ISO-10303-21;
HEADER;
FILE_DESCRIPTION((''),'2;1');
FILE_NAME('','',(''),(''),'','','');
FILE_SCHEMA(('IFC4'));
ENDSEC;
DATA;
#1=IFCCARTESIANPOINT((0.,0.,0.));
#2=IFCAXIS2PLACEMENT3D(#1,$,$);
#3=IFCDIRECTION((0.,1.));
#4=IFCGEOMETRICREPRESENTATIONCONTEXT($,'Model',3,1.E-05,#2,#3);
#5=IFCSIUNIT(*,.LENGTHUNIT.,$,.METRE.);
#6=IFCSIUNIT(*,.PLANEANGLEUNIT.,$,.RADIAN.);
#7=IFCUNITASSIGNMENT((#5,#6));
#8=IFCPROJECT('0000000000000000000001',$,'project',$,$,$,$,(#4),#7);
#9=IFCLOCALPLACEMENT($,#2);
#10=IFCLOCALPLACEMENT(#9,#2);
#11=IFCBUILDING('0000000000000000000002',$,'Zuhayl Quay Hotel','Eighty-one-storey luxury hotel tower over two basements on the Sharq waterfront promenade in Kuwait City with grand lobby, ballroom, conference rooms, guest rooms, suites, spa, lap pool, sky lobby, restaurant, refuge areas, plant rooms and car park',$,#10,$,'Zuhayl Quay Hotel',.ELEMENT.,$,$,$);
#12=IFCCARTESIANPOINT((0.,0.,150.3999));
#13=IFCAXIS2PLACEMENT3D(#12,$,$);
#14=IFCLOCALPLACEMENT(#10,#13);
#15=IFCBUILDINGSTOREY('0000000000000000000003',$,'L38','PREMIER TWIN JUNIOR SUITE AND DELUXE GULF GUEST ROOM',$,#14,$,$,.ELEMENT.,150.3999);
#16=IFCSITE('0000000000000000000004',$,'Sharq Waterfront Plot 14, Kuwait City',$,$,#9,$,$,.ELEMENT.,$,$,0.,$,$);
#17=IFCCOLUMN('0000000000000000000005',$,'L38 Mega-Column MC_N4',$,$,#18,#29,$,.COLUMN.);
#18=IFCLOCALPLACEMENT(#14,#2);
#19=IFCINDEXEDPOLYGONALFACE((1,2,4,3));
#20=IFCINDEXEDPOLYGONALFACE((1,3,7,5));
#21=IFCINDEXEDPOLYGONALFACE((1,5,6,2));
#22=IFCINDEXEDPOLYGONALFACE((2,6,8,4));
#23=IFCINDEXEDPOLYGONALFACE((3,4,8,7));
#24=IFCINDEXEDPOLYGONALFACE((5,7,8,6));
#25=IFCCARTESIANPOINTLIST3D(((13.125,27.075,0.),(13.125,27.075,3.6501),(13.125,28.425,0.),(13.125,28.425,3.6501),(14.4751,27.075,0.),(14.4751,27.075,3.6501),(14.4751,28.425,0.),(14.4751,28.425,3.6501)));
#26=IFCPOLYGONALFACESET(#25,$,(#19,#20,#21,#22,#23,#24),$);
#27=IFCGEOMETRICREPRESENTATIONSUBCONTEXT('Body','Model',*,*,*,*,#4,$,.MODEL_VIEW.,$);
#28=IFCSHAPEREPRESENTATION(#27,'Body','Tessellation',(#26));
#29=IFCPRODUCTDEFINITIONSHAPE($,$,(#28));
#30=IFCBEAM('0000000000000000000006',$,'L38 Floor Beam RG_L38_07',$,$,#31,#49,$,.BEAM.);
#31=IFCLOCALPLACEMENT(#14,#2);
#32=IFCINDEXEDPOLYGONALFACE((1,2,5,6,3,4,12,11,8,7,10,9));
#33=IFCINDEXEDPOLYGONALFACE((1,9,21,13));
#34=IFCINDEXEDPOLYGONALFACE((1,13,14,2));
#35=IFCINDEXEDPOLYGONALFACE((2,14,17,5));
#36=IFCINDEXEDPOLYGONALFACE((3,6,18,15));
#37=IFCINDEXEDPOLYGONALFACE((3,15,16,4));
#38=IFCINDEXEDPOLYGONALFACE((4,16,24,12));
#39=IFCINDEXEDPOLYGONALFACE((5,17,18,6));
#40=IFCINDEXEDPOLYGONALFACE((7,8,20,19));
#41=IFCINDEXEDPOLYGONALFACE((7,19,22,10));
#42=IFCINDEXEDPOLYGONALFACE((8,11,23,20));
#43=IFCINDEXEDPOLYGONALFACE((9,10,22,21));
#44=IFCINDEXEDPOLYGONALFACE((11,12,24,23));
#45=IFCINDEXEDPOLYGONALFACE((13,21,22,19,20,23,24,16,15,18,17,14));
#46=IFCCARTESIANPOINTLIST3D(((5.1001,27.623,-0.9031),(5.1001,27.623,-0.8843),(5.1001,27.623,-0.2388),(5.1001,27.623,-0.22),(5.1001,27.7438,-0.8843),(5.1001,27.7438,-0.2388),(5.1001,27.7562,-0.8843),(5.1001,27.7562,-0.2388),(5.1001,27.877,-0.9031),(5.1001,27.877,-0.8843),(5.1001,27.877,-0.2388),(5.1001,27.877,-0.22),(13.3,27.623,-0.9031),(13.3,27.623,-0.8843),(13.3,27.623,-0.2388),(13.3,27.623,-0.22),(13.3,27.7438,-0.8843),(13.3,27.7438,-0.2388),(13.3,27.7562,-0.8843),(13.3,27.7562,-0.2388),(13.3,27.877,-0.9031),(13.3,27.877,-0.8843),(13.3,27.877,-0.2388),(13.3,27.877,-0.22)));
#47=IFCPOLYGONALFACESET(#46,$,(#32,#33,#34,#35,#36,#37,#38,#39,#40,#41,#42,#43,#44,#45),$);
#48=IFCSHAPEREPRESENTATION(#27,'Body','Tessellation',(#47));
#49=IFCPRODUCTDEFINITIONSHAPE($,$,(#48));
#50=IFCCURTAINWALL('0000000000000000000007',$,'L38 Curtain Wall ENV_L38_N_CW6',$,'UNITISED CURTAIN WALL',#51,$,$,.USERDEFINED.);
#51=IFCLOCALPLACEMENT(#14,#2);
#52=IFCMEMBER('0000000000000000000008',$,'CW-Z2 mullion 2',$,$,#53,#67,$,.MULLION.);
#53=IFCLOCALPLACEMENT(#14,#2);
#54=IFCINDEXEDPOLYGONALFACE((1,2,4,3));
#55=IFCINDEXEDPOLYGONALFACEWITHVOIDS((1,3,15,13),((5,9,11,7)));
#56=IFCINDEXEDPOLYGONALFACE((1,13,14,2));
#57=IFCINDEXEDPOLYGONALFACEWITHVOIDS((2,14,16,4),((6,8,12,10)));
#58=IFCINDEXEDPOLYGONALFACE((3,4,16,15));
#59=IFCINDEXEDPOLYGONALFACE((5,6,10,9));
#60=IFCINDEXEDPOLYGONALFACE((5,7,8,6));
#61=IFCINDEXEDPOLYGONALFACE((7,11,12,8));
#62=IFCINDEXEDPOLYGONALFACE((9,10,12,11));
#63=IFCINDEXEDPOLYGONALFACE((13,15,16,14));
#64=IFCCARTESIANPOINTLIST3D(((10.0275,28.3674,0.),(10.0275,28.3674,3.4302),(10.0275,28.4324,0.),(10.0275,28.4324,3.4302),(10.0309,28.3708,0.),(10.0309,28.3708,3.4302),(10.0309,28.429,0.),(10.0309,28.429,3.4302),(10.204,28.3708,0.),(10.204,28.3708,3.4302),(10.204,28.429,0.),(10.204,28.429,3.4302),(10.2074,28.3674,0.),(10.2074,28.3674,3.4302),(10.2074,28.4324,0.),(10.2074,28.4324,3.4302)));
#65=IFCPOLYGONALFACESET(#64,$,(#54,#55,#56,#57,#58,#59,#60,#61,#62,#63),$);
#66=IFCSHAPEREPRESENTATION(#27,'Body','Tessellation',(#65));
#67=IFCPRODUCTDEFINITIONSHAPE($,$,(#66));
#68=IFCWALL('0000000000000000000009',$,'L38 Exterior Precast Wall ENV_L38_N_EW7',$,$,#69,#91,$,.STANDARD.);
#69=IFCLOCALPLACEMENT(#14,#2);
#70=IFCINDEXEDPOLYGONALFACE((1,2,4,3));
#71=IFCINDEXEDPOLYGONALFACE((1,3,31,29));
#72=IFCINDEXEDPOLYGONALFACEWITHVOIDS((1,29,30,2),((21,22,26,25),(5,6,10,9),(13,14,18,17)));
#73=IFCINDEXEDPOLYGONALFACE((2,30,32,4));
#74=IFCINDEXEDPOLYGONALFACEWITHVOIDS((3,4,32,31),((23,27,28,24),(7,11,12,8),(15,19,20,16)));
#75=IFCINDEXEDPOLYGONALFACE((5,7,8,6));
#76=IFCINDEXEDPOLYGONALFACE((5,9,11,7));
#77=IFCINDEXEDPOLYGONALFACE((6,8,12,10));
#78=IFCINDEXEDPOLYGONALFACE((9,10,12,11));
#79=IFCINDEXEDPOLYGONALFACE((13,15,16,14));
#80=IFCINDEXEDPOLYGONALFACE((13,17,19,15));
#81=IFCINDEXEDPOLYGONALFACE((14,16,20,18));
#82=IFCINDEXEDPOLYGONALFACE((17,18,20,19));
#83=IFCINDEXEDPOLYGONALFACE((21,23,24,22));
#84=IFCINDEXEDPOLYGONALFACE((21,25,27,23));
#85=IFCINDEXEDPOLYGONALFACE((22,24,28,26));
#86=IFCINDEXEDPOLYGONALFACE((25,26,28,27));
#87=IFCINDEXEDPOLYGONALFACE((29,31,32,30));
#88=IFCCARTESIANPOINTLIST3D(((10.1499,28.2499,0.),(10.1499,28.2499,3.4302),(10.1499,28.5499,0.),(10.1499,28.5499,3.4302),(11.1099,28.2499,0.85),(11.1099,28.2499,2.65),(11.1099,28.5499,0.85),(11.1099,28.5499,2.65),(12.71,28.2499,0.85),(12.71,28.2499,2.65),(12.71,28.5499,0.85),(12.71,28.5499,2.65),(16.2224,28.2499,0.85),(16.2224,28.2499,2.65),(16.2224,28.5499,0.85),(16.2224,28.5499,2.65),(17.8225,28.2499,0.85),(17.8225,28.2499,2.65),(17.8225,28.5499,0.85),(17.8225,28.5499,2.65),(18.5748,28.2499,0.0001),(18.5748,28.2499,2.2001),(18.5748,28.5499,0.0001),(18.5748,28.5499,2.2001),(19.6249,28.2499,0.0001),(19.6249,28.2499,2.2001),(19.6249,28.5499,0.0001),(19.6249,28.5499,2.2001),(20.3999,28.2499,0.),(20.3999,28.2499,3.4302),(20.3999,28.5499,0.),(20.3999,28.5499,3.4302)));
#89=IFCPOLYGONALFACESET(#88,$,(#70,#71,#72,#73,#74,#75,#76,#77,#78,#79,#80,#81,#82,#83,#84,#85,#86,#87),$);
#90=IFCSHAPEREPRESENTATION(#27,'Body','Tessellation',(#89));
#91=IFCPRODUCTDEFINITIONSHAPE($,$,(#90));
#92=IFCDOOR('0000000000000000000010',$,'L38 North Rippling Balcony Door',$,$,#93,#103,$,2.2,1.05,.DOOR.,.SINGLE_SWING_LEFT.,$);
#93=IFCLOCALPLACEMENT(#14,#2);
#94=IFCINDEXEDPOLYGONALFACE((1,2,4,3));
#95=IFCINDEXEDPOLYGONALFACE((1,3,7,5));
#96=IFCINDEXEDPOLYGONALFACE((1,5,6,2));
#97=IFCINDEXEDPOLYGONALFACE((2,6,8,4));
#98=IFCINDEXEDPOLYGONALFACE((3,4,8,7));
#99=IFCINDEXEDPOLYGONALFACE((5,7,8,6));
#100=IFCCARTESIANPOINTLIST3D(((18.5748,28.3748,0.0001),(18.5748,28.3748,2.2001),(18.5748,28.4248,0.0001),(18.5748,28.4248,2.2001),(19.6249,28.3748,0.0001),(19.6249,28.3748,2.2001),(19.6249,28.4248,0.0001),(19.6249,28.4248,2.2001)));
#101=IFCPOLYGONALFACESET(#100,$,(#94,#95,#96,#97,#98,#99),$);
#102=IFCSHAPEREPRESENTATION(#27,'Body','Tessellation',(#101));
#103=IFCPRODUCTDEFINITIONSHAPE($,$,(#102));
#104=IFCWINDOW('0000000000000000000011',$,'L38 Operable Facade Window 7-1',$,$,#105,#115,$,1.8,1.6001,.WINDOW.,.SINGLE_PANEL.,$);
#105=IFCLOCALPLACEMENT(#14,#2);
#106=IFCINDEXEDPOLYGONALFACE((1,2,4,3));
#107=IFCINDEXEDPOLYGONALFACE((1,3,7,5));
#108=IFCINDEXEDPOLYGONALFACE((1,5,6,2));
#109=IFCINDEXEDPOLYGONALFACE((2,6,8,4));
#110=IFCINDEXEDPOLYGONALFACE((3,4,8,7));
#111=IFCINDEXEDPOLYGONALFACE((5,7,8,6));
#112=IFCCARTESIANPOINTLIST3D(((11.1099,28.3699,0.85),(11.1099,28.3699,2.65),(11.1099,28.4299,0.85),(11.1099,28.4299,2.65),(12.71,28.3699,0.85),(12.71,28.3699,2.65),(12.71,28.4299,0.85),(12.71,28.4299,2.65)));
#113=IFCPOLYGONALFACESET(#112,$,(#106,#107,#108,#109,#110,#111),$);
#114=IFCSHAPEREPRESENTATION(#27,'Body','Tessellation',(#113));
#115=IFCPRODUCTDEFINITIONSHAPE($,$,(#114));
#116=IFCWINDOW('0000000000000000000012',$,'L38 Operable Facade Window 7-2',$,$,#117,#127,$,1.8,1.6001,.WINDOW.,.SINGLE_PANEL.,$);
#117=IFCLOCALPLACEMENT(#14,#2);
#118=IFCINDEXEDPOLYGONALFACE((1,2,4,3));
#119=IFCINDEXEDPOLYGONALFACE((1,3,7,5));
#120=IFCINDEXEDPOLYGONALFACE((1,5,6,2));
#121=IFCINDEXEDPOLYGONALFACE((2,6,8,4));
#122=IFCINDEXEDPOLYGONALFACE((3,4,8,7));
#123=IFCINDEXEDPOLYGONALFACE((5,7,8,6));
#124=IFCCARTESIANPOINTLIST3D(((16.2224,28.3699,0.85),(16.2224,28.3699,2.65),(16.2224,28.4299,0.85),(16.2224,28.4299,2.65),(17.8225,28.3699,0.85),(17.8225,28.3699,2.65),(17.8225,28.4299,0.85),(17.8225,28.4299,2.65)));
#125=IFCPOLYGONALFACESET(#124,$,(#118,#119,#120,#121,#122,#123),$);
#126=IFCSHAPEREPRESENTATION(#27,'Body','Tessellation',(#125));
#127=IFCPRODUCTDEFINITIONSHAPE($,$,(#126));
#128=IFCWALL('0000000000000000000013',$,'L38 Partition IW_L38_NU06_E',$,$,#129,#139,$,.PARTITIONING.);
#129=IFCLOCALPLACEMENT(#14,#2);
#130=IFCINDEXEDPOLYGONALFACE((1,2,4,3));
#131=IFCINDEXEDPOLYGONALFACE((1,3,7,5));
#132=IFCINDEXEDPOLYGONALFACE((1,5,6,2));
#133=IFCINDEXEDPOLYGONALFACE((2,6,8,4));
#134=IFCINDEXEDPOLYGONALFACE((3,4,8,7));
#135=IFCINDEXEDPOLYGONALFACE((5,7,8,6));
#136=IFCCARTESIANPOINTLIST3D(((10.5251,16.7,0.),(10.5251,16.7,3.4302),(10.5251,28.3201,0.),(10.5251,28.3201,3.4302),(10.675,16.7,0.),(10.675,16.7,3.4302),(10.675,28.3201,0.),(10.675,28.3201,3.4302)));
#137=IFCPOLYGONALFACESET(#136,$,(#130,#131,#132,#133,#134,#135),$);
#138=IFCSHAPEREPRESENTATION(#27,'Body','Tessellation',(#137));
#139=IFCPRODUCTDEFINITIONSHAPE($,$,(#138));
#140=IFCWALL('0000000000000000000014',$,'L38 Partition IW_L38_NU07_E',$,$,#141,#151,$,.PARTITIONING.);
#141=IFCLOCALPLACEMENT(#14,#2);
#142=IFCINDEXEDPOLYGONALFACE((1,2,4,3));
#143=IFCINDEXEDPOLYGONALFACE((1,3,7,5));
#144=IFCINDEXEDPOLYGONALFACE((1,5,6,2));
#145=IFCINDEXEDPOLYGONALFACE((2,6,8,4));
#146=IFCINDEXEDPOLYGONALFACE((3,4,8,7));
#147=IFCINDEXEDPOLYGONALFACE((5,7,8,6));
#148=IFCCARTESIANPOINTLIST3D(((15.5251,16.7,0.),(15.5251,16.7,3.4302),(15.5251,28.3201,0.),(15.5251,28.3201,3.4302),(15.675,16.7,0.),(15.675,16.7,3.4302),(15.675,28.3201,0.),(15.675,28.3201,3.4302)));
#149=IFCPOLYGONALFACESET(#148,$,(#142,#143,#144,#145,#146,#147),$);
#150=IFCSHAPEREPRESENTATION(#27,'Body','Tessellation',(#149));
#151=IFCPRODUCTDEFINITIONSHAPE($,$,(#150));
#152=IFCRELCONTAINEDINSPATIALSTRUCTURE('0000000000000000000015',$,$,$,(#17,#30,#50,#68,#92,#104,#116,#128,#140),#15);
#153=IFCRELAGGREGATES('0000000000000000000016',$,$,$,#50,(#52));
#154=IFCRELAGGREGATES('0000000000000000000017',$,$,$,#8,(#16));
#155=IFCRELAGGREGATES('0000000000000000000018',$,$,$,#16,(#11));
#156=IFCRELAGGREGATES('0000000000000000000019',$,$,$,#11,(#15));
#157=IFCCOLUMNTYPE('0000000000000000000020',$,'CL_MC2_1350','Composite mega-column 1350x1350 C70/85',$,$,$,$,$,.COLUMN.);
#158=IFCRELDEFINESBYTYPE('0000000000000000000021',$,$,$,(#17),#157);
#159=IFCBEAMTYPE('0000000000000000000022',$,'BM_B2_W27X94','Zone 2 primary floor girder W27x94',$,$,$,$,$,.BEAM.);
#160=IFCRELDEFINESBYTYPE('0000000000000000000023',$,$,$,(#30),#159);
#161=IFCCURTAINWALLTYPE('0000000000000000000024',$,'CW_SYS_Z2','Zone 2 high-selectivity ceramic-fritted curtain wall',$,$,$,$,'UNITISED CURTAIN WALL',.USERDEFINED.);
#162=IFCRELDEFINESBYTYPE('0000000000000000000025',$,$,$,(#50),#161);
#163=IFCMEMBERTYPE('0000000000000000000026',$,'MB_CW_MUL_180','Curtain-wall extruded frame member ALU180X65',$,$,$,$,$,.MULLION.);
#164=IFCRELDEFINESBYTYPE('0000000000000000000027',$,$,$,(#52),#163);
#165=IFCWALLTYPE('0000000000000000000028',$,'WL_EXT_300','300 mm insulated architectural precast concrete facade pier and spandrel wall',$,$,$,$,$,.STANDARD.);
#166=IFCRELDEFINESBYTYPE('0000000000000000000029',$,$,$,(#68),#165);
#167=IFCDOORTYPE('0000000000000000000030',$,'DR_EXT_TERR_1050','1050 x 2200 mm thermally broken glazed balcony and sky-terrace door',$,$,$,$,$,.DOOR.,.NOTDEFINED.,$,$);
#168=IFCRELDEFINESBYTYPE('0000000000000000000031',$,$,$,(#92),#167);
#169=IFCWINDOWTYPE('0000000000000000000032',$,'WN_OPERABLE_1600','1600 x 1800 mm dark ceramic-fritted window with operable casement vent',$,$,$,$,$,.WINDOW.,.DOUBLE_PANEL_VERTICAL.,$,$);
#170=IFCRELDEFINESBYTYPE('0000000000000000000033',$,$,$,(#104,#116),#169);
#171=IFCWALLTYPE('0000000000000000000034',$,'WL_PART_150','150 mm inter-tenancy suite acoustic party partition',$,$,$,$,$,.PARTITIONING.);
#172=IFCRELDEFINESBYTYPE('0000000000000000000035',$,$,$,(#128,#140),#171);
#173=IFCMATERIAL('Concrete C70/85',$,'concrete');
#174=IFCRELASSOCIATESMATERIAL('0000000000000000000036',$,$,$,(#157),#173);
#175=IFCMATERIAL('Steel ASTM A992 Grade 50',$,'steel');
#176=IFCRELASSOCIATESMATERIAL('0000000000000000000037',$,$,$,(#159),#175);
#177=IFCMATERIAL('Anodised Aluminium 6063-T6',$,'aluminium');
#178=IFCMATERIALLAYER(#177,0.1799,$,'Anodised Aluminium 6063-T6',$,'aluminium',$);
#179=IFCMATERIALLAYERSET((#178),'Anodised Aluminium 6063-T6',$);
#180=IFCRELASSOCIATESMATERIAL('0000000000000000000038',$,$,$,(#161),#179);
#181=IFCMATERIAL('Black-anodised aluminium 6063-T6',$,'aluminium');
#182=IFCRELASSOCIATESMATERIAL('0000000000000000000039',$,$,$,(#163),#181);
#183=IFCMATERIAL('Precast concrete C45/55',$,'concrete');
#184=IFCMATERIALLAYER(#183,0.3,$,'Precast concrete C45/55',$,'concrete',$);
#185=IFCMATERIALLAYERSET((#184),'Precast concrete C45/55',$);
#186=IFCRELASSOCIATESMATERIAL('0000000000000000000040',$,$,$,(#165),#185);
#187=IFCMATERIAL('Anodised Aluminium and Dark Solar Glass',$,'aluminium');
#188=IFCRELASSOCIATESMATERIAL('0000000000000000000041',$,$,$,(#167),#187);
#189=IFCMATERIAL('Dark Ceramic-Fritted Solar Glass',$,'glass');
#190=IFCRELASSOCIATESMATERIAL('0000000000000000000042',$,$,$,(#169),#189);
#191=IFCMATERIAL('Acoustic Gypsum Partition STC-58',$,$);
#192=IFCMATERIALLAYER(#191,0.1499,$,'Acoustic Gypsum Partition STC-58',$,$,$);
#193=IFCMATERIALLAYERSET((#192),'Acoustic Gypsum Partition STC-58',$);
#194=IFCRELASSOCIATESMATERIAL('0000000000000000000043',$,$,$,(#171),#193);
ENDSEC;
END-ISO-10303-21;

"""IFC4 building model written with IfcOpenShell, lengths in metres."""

from ifc_helpers import new_model, si_unit, direction, frame, frame_2d, origin, origin_2d, place, context, subcontext, project, spatial, rectangle, hollow_rectangle, i_section, extrude, material, layer, layer_set, material_profile, profile_set, type_object, element, fill, aggregate, save


model = new_model("IFC4")

# Units and contexts
model_context = context("Model", 3, precision=1e-05, world=origin(), true_north=direction((0.0, 1.0)))
body_context = subcontext(model_context, "Body", "Model", "MODEL_VIEW")
ifc_project = project(units=[si_unit("LENGTHUNIT", "METRE"), si_unit("PLANEANGLEUNIT", "RADIAN")], contexts=[model_context])

# Site, building, storey
site_placement = place(None, origin())
site = spatial("IfcSite", under=ifc_project, at=site_placement, Name="Sharq Waterfront Plot 14, Kuwait City", CompositionType="ELEMENT", RefElevation=0.0)
building_placement = place(site_placement, origin())
building = spatial("IfcBuilding", under=site, at=building_placement, Name="Zuhayl Quay Hotel", Description="Eighty-one-storey luxury hotel tower over two basements on the Sharq waterfront promenade in Kuwait City with grand lobby, ballroom, conference rooms, guest rooms, suites, spa, lap pool, sky lobby, restaurant, refuge areas, plant rooms and car park", LongName="Zuhayl Quay Hotel", CompositionType="ELEMENT")
storey_placement = place(building_placement, frame((0.0, 0.0, 150.3999)))
storey = spatial("IfcBuildingStorey", under=building, at=storey_placement, Name="L38", Description="PREMIER TWIN JUNIOR SUITE AND DELUXE GULF GUEST ROOM", CompositionType="ELEMENT", Elevation=150.3999)

# Column
ifc_material_1 = material(Name="Concrete C70/85", Category="concrete")
ifc_material_profile_1 = material_profile(ifc_material_1, rectangle(XDim=1.3501, YDim=1.3501, at=origin_2d()), Name="RC1350X1350")
ifc_profile_set_1 = profile_set([ifc_material_profile_1], Name="Concrete C70/85")
column_type = type_object("IfcColumnType", Name="CL_MC2_1350", Description="Composite mega-column 1350x1350 C70/85", PredefinedType="COLUMN", material=ifc_profile_set_1)
column_placement = place(storey_placement, frame((13.8, 27.75, 0.0), z_axis=(0.0, 0.0, 1.0), x_axis=(1.0, 0.0, 0.0)))
element("IfcColumn", 1, at=column_placement, inside=storey, type_object=column_type, Name="L38 Mega-Column MC_N4", PredefinedType="COLUMN", context=body_context, shape_type="SweptSolid", body=[
    extrude(rectangle(XDim=1.3501, YDim=1.3501, at=origin_2d()), origin(), (0.0, 0.0, 1.0), 3.6501),
])

# Beam
ifc_material_2 = material(Name="Steel ASTM A992 Grade 50", Category="steel")
ifc_material_profile_2 = material_profile(ifc_material_2, i_section(OverallWidth=0.2539, OverallDepth=0.6831, WebThickness=0.0125, FlangeThickness=0.0188, at=origin_2d()), Name="W27X94")
ifc_profile_set_2 = profile_set([ifc_material_profile_2], Name="Steel ASTM A992 Grade 50")
beam_type = type_object("IfcBeamType", Name="BM_B2_W27X94", Description="Zone 2 primary floor girder W27x94", PredefinedType="BEAM", material=ifc_profile_set_2)
beam_placement = place(storey_placement, frame((13.3, 27.75, -0.5615), z_axis=(-1.0, 0.0, 0.0), x_axis=(0.0, -1.0, 0.0)))
element("IfcBeam", 2, at=beam_placement, inside=storey, type_object=beam_type, Name="L38 Floor Beam RG_L38_07", PredefinedType="BEAM", context=body_context, shape_type="SweptSolid", body=[
    extrude(i_section(OverallWidth=0.2539, OverallDepth=0.6831, WebThickness=0.0125, FlangeThickness=0.0188, at=origin_2d()), origin(), (0.0, 0.0, 1.0), 8.2),
])

# Curtain wall, member
ifc_material_3 = material(Name="Anodised Aluminium 6063-T6", Category="aluminium")
ifc_layer_1 = layer(ifc_material_3, 0.1799, Name="Anodised Aluminium 6063-T6", Category="aluminium")
ifc_layer_set_1 = layer_set([ifc_layer_1], Name="Anodised Aluminium 6063-T6")
curtain_wall_type = type_object("IfcCurtainWallType", Name="CW_SYS_Z2", Description="Zone 2 high-selectivity ceramic-fritted curtain wall", ElementType="UNITISED CURTAIN WALL", PredefinedType="USERDEFINED", material=ifc_layer_set_1)
curtain_wall_placement = place(storey_placement, origin())
curtain_wall = element("IfcCurtainWall", 3, at=curtain_wall_placement, inside=storey, type_object=curtain_wall_type, Name="L38 Curtain Wall ENV_L38_N_CW6", ObjectType="UNITISED CURTAIN WALL", PredefinedType="USERDEFINED")
ifc_material_4 = material(Name="Black-anodised aluminium 6063-T6", Category="aluminium")
ifc_material_profile_3 = material_profile(ifc_material_4, hollow_rectangle(XDim=0.0649, YDim=0.1799, WallThickness=0.0034, at=origin_2d()), Name="ALU180X65")
ifc_profile_set_3 = profile_set([ifc_material_profile_3], Name="Black-anodised aluminium 6063-T6")
member_type = type_object("IfcMemberType", Name="MB_CW_MUL_180", Description="Curtain-wall extruded frame member ALU180X65", PredefinedType="MULLION", material=ifc_profile_set_3)
member_placement = place(storey_placement, frame((10.1174, 28.3999, 0.0), z_axis=(0.0, 0.0, 1.0), x_axis=(0.0, 1.0, 0.0)))
member = element("IfcMember", 4, at=member_placement, type_object=member_type, Name="CW-Z2 mullion 2", PredefinedType="MULLION", context=body_context, shape_type="SweptSolid", body=[
    extrude(hollow_rectangle(XDim=0.0649, YDim=0.1799, WallThickness=0.0034, at=origin_2d()), origin(), (0.0, 0.0, 1.0), 3.4302),
])
aggregate(curtain_wall, [member])

# Wall, openings, door, windows
ifc_material_5 = material(Name="Precast concrete C45/55", Category="concrete")
ifc_layer_2 = layer(ifc_material_5, 0.3, Name="Precast concrete C45/55", Category="concrete")
ifc_layer_set_2 = layer_set([ifc_layer_2], Name="Precast concrete C45/55")
wall_type_1 = type_object("IfcWallType", Name="WL_EXT_300", Description="300 mm insulated architectural precast concrete facade pier and spandrel wall", PredefinedType="STANDARD", material=ifc_layer_set_2)
wall_1_placement = place(storey_placement, frame((10.1499, 28.3999, 0.0), z_axis=(0.0, 0.0, 1.0), x_axis=(1.0, 0.0, 0.0)))
wall_1 = element("IfcWall", 5, at=wall_1_placement, inside=storey, type_object=wall_type_1, Name="L38 Exterior Precast Wall ENV_L38_N_EW7", PredefinedType="STANDARD", context=body_context, shape_type="SweptSolid", body=[
    extrude(rectangle(XDim=10.25, YDim=0.3, at=frame_2d((5.125, 0.0))), origin(), (0.0, 0.0, 1.0), 3.4302),
])
opening_1_placement = place(wall_1_placement, frame((8.425, 0.0, 0.0)))
opening_1 = element("IfcOpeningElement", 6, at=opening_1_placement, cuts=wall_1, PredefinedType="OPENING", context=body_context, shape_type="SweptSolid", body=[
    extrude(rectangle(XDim=1.05, YDim=2.2, at=frame_2d((0.5249, 1.1001))), frame((0.0, 0.1599, 0.0), z_axis=(0.0, -1.0, 0.0), x_axis=(1.0, 0.0, 0.0)), (0.0, 0.0, 1.0), 0.3201),
])
opening_2_placement = place(wall_1_placement, frame((0.96, 0.0, 0.8501)))
opening_2 = element("IfcOpeningElement", 7, at=opening_2_placement, cuts=wall_1, PredefinedType="OPENING", context=body_context, shape_type="SweptSolid", body=[
    extrude(rectangle(XDim=1.6001, YDim=1.8, at=frame_2d((0.8, 0.8999))), frame((0.0, 0.1599, 0.0), z_axis=(0.0, -1.0, 0.0), x_axis=(1.0, 0.0, 0.0)), (0.0, 0.0, 1.0), 0.3201),
])
opening_3_placement = place(wall_1_placement, frame((6.0725, 0.0, 0.8501)))
opening_3 = element("IfcOpeningElement", 8, at=opening_3_placement, cuts=wall_1, PredefinedType="OPENING", context=body_context, shape_type="SweptSolid", body=[
    extrude(rectangle(XDim=1.6001, YDim=1.8, at=frame_2d((0.8, 0.8999))), frame((0.0, 0.1599, 0.0), z_axis=(0.0, -1.0, 0.0), x_axis=(1.0, 0.0, 0.0)), (0.0, 0.0, 1.0), 0.3201),
])
ifc_material_6 = material(Name="Anodised Aluminium and Dark Solar Glass", Category="aluminium")
door_type_1 = type_object("IfcDoorType", Name="DR_EXT_TERR_1050", Description="1050 x 2200 mm thermally broken glazed balcony and sky-terrace door", OperationType="NOTDEFINED", PredefinedType="DOOR", material=ifc_material_6)
door_1_placement = place(opening_1_placement, origin())
door_1 = element("IfcDoor", 9, at=door_1_placement, inside=storey, type_object=door_type_1, Name="L38 North Rippling Balcony Door", OperationType="SINGLE_SWING_LEFT", OverallHeight=2.2, OverallWidth=1.05, PredefinedType="DOOR", context=body_context, shape_type="SweptSolid", body=[
    extrude(rectangle(XDim=1.05, YDim=2.2, at=frame_2d((0.5249, 1.1001))), frame((0.0, 0.0249, 0.0), z_axis=(0.0, -1.0, 0.0), x_axis=(1.0, 0.0, 0.0)), (0.0, 0.0, 1.0), 0.05),
])
fill(opening_1, door_1)
ifc_material_7 = material(Name="Dark Ceramic-Fritted Solar Glass", Category="glass")
window_type = type_object("IfcWindowType", Name="WN_OPERABLE_1600", Description="1600 x 1800 mm dark ceramic-fritted window with operable casement vent", PartitioningType="DOUBLE_PANEL_VERTICAL", PredefinedType="WINDOW", material=ifc_material_7)
window_1_placement = place(opening_2_placement, origin())
window_1 = element("IfcWindow", 10, at=window_1_placement, inside=storey, type_object=window_type, Name="L38 Operable Facade Window 7-1", OverallHeight=1.8, OverallWidth=1.6001, PartitioningType="SINGLE_PANEL", PredefinedType="WINDOW", context=body_context, shape_type="SweptSolid", body=[
    extrude(rectangle(XDim=1.6001, YDim=1.8, at=frame_2d((0.8, 0.8999))), frame((0.0, 0.03, 0.0), z_axis=(0.0, -1.0, 0.0), x_axis=(1.0, 0.0, 0.0)), (0.0, 0.0, 1.0), 0.0601),
])
fill(opening_2, window_1)
window_2_placement = place(opening_3_placement, origin())
window_2 = element("IfcWindow", 11, at=window_2_placement, inside=storey, type_object=window_type, Name="L38 Operable Facade Window 7-2", OverallHeight=1.8, OverallWidth=1.6001, PartitioningType="SINGLE_PANEL", PredefinedType="WINDOW", context=body_context, shape_type="SweptSolid", body=[
    extrude(rectangle(XDim=1.6001, YDim=1.8, at=frame_2d((0.8, 0.8999))), frame((0.0, 0.03, 0.0), z_axis=(0.0, -1.0, 0.0), x_axis=(1.0, 0.0, 0.0)), (0.0, 0.0, 1.0), 0.0601),
])
fill(opening_3, window_2)

# Walls
ifc_material_8 = material(Name="Acoustic Gypsum Partition STC-58")
ifc_layer_3 = layer(ifc_material_8, 0.1499, Name="Acoustic Gypsum Partition STC-58")
ifc_layer_set_3 = layer_set([ifc_layer_3], Name="Acoustic Gypsum Partition STC-58")
wall_type_2 = type_object("IfcWallType", Name="WL_PART_150", Description="150 mm inter-tenancy suite acoustic party partition", PredefinedType="PARTITIONING", material=ifc_layer_set_3)
for number, where, z_axis, x_axis, name in (
    (12, (10.6001, 16.7, 0.0), (0.0, 0.0, 1.0), (0.0, 1.0, 0.0), "L38 Partition IW_L38_NU06_E"),
    (13, (15.6001, 16.7, 0.0), (0.0, 0.0, 1.0), (0.0, 1.0, 0.0), "L38 Partition IW_L38_NU07_E"),
):
    element("IfcWall", number, at=place(storey_placement, frame(where, z_axis=z_axis, x_axis=x_axis)), inside=storey, type_object=wall_type_2, Name=name, PredefinedType="PARTITIONING", context=body_context, shape_type="SweptSolid", body=[
        extrude(rectangle(XDim=11.6201, YDim=0.1499, at=frame_2d((5.8101, 0.0))), origin(), (0.0, 0.0, 1.0), 3.4302),
    ])

save(model, "model.ifc")
